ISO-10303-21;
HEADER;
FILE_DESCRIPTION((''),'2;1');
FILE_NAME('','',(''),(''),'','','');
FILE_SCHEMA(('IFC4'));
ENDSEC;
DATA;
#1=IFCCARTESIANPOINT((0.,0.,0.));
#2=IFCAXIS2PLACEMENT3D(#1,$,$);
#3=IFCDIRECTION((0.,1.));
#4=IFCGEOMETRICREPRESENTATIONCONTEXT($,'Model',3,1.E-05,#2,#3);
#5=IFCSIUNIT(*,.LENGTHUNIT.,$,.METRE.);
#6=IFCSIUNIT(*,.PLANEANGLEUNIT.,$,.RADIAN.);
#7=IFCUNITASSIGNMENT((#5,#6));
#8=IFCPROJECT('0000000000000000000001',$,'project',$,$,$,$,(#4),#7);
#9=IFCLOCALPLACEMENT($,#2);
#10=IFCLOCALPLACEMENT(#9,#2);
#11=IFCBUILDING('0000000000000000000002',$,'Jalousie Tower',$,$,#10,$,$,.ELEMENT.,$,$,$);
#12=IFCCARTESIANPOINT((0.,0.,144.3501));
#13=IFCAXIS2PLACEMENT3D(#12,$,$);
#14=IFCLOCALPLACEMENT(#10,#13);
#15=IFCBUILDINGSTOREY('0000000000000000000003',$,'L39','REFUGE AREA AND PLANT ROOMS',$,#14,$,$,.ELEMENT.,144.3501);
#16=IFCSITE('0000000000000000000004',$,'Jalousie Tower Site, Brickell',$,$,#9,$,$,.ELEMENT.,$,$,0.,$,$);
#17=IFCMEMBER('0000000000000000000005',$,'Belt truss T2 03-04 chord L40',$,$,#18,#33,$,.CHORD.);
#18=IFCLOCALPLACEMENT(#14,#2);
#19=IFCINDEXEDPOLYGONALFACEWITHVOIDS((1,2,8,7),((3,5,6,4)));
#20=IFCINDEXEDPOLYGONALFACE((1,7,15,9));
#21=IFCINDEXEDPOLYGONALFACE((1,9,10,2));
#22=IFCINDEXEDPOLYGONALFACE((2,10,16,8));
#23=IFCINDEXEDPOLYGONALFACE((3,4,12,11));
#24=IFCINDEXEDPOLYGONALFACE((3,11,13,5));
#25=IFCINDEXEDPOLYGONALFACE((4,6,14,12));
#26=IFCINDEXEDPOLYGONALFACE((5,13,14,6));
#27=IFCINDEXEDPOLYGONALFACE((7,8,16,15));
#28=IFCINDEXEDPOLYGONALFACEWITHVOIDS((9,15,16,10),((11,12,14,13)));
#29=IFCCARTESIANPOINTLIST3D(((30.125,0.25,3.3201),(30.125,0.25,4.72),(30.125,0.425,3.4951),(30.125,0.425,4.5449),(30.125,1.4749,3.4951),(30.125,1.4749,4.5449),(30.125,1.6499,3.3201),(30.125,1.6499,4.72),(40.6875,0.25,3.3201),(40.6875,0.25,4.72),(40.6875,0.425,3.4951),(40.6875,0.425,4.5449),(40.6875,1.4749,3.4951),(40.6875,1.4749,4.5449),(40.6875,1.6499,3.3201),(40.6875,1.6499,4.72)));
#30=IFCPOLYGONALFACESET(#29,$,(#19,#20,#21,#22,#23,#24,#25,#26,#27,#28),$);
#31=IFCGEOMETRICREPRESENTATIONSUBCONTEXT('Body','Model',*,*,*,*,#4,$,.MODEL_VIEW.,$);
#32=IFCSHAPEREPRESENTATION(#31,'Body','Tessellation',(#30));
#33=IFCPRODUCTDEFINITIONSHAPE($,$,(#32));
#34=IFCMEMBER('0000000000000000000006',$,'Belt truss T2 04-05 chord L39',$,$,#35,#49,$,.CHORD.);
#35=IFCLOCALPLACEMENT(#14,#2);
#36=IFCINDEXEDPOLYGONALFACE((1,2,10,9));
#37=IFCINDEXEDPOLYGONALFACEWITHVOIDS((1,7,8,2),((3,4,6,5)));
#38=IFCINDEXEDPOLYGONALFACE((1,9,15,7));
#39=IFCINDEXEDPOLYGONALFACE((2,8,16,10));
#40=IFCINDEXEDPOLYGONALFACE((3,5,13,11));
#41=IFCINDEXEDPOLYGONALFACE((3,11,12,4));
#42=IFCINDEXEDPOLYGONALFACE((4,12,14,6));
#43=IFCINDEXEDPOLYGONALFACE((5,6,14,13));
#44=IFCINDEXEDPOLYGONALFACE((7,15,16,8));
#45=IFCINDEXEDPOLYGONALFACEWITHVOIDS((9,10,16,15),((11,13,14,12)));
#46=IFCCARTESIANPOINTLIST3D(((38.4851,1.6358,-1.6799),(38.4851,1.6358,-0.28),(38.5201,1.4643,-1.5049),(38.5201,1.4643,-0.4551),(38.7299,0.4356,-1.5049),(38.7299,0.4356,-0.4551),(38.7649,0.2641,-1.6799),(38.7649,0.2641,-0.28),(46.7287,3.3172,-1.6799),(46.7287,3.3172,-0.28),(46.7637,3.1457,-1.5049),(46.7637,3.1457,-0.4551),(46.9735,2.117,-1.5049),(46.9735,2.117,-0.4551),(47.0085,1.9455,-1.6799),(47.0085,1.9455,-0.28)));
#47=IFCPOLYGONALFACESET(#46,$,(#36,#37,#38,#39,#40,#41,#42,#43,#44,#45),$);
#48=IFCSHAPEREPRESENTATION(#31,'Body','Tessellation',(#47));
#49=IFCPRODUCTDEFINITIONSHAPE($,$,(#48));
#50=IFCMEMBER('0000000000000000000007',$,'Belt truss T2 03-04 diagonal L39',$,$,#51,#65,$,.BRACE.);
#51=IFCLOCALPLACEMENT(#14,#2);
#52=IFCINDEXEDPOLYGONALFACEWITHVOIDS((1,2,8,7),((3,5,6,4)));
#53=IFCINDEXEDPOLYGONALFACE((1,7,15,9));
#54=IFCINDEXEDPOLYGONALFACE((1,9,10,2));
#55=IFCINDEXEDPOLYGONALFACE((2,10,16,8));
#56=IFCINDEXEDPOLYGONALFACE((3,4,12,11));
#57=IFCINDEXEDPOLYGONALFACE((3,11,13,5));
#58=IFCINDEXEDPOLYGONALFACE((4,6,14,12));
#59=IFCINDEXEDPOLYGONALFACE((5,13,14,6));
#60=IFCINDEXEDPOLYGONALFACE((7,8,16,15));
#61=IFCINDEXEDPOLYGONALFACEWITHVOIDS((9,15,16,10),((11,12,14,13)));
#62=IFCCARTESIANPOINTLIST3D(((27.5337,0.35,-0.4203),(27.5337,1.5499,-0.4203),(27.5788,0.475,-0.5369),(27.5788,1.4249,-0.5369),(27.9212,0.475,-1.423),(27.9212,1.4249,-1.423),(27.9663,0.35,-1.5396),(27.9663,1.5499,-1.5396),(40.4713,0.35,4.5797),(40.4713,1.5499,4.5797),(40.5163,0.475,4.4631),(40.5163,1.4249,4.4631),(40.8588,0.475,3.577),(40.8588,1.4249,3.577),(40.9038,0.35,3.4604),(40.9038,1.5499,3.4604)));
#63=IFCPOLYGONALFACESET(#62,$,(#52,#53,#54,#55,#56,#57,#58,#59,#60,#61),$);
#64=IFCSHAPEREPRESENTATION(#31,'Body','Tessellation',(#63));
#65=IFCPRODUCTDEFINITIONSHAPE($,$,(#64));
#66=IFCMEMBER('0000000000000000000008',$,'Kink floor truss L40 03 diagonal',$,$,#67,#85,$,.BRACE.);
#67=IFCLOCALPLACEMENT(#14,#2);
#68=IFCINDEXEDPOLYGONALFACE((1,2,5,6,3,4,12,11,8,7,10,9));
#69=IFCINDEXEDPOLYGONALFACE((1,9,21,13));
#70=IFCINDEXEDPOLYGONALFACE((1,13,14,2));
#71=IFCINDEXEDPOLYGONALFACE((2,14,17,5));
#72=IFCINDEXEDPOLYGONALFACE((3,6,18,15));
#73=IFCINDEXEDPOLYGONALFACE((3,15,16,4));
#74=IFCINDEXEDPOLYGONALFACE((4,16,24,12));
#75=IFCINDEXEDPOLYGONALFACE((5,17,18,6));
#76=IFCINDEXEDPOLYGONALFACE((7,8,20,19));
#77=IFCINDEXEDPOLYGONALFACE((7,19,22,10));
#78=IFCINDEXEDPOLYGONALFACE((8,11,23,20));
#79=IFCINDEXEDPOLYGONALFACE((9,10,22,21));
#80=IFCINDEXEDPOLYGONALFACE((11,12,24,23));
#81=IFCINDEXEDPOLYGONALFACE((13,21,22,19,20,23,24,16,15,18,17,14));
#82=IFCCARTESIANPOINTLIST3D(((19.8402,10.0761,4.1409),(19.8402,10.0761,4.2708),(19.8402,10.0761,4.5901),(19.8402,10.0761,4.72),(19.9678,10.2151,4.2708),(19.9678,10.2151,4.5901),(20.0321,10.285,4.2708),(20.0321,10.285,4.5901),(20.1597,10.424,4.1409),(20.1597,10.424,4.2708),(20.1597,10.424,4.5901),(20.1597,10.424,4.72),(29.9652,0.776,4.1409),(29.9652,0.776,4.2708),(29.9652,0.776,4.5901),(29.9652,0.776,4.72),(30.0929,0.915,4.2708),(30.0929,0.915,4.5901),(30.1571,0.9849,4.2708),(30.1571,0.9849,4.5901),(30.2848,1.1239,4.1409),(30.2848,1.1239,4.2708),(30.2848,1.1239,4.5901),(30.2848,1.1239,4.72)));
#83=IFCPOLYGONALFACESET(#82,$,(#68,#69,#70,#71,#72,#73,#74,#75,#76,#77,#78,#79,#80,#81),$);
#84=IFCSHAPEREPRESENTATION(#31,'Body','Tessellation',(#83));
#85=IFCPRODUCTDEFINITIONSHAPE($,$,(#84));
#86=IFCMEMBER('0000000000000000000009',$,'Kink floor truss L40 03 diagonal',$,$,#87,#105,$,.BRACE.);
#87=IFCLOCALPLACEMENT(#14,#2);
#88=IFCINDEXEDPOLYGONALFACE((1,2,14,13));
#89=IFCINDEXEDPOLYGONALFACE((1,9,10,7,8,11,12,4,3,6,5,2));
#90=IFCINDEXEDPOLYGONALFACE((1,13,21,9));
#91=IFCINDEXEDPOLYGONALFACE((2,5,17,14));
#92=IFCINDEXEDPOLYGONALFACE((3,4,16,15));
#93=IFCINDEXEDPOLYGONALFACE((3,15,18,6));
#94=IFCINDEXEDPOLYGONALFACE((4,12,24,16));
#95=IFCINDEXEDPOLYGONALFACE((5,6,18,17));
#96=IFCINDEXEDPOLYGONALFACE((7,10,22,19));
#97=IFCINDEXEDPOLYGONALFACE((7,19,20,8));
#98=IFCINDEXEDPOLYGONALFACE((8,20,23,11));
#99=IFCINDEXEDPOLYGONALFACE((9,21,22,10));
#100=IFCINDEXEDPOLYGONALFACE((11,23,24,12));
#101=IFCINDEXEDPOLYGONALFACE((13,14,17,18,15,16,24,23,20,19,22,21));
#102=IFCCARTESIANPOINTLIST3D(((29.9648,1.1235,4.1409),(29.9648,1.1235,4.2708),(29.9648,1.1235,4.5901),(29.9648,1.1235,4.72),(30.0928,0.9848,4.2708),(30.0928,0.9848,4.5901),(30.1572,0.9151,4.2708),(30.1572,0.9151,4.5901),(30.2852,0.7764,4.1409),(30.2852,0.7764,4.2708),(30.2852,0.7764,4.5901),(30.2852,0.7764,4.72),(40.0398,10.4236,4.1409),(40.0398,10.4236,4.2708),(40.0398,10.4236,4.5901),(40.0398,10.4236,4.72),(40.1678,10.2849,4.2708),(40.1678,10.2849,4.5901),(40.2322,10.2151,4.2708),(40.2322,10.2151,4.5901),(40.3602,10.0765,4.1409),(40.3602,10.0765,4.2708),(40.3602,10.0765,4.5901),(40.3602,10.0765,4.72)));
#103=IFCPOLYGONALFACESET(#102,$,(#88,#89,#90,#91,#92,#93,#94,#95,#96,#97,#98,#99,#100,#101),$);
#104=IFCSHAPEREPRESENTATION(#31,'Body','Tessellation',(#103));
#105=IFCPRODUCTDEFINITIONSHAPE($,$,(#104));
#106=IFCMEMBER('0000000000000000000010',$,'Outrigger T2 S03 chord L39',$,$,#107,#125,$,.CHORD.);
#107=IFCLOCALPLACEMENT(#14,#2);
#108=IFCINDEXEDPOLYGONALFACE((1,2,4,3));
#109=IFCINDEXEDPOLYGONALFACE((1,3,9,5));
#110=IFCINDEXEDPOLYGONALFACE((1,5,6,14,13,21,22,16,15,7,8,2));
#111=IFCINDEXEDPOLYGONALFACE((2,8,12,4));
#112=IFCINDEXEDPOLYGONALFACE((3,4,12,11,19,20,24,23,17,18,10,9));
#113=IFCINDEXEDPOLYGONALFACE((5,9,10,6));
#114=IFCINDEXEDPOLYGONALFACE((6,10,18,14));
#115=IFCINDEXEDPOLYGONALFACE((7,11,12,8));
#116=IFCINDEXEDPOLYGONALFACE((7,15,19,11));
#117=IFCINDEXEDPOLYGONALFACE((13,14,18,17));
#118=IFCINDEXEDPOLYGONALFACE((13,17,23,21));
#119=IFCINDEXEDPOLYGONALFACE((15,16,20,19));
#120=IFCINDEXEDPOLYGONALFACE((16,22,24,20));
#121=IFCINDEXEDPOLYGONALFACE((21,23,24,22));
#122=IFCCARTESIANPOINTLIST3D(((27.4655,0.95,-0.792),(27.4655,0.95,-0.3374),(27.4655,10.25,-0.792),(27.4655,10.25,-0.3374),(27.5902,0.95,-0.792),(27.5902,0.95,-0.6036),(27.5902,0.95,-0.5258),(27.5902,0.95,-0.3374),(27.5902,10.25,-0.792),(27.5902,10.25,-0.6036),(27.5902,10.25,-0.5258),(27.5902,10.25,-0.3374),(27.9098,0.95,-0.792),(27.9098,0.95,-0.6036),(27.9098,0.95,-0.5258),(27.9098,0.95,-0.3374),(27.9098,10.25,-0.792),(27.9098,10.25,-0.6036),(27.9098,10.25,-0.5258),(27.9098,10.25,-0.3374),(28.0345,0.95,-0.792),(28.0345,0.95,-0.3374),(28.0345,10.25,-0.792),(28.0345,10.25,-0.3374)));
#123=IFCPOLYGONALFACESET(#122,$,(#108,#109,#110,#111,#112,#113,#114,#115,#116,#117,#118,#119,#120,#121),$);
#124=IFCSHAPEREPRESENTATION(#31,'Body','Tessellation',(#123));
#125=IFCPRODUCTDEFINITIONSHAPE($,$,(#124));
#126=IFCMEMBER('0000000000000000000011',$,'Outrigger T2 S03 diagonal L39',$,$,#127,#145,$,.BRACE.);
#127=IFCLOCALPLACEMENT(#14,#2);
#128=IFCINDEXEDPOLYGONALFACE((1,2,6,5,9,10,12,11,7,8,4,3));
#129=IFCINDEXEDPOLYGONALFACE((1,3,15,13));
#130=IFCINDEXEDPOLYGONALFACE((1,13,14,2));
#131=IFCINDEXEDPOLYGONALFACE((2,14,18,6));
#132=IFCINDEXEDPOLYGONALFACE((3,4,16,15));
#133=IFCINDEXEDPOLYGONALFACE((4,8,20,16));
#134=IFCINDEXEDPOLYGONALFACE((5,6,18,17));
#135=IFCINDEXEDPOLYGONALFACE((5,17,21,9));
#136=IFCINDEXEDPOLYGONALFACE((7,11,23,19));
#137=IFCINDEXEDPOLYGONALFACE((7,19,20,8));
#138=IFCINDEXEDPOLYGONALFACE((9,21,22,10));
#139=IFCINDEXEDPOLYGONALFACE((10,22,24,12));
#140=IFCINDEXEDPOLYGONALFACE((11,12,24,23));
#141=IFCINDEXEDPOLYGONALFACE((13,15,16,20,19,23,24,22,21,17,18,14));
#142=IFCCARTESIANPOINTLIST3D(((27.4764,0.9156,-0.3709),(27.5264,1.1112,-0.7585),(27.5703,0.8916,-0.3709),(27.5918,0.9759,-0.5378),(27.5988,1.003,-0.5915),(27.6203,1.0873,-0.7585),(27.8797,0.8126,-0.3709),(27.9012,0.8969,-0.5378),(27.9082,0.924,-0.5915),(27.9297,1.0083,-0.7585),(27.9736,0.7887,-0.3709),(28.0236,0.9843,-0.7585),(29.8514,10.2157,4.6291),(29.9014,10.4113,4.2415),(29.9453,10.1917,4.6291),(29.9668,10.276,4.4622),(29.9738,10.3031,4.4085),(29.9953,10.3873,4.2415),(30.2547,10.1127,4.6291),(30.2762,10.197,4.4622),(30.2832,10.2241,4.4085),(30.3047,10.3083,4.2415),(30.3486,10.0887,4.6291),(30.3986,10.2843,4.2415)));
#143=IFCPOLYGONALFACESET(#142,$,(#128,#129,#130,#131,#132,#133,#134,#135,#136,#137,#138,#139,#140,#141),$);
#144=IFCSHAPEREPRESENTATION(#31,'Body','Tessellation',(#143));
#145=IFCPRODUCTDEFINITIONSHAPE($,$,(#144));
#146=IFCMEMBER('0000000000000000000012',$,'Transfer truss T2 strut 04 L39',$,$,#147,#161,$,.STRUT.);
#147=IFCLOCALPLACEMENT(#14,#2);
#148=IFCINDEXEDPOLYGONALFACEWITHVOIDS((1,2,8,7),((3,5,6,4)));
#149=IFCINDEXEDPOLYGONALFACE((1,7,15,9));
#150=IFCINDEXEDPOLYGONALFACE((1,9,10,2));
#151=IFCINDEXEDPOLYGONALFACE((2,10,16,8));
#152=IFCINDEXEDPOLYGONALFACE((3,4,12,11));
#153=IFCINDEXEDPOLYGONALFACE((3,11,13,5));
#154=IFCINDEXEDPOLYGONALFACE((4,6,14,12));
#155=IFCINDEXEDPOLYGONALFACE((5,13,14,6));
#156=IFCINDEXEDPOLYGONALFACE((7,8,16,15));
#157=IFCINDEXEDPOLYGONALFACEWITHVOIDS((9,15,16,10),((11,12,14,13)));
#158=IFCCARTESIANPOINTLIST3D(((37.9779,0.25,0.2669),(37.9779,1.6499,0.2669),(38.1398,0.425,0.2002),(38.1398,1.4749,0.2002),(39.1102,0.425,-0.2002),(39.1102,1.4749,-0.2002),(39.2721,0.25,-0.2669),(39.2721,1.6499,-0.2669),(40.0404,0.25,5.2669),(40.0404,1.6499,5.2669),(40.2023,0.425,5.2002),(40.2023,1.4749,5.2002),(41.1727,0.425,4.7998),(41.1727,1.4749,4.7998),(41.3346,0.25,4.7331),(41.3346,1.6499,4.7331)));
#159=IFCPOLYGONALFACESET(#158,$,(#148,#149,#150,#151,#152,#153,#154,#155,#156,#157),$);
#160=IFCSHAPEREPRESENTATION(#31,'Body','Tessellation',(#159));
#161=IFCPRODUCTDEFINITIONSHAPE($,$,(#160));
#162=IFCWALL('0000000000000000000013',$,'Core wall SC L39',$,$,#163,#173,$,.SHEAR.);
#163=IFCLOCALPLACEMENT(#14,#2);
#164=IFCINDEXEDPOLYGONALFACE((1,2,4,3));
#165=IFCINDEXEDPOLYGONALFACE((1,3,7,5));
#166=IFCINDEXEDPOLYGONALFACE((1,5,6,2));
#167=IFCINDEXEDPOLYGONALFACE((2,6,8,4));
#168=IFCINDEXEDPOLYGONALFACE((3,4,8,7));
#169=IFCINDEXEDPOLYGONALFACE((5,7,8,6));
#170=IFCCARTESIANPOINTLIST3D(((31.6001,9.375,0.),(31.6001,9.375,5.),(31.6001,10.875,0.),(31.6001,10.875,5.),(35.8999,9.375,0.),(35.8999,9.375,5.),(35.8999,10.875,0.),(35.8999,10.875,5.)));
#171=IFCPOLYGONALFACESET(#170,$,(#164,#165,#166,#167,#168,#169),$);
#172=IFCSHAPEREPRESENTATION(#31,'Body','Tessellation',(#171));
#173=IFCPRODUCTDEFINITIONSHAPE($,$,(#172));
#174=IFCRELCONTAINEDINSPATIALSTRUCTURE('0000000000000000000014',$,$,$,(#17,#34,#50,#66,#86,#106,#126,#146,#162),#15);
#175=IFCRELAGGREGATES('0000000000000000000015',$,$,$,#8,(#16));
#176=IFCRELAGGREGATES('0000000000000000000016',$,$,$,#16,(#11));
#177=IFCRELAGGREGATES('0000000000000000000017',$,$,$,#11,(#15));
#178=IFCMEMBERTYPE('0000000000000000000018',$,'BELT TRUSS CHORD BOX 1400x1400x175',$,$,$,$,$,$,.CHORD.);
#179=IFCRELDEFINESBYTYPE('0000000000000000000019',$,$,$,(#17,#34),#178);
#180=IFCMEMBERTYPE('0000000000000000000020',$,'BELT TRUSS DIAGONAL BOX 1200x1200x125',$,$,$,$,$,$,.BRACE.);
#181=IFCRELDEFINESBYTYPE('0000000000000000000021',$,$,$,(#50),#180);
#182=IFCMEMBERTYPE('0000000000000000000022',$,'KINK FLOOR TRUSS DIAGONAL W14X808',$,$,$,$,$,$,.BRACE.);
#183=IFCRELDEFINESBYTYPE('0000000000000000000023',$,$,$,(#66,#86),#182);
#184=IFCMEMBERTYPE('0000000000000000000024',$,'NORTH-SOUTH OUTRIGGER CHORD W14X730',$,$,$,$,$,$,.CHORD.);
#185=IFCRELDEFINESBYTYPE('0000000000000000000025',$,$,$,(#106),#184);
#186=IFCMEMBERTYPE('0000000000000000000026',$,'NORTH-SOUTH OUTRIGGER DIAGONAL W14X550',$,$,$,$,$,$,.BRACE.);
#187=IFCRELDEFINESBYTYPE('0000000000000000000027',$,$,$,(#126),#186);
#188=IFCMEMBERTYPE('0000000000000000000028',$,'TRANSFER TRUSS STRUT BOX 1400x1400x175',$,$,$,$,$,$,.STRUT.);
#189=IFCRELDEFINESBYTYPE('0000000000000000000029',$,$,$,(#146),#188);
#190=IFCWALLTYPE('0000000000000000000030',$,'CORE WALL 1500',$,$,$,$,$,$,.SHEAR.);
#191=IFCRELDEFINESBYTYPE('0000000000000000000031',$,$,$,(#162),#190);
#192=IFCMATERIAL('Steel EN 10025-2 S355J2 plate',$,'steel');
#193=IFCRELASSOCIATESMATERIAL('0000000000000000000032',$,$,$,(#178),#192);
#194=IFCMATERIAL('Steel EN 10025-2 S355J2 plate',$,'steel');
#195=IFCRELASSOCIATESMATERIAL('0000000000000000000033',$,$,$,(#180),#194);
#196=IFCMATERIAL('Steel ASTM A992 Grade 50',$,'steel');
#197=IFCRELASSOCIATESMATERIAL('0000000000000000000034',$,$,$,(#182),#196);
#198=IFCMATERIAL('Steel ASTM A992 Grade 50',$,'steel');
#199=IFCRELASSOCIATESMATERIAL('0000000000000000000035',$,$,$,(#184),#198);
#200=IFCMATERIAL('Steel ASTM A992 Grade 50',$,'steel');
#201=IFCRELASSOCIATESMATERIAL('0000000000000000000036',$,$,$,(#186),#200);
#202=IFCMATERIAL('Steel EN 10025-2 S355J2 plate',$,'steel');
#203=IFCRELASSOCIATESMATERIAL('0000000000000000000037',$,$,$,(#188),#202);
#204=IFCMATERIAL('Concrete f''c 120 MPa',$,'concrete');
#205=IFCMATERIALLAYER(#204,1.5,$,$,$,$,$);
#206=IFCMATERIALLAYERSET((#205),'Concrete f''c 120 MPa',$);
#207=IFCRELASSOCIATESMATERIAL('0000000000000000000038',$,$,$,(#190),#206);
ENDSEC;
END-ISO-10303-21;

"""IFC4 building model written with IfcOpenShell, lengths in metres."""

from ifc_helpers import new_model, si_unit, direction, frame, frame_2d, origin, origin_2d, place, context, subcontext, project, spatial, rectangle, hollow_rectangle, i_section, extrude, material, layer, layer_set, material_profile, profile_set, type_object, element, save


model = new_model("IFC4")

# Units and contexts
model_context = context("Model", 3, precision=1e-05, world=origin(), true_north=direction((0.0, 1.0)))
body_context = subcontext(model_context, "Body", "Model", "MODEL_VIEW")
ifc_project = project(units=[si_unit("LENGTHUNIT", "METRE"), si_unit("PLANEANGLEUNIT", "RADIAN")], contexts=[model_context])

# Site, building, storey
site_placement = place(None, origin())
site = spatial("IfcSite", under=ifc_project, at=site_placement, Name="Jalousie Tower Site, Brickell", CompositionType="ELEMENT", RefElevation=0.0)
building_placement = place(site_placement, origin())
building = spatial("IfcBuilding", under=site, at=building_placement, Name="Jalousie Tower", CompositionType="ELEMENT")
storey_placement = place(building_placement, frame((0.0, 0.0, 144.3501)))
storey = spatial("IfcBuildingStorey", under=building, at=storey_placement, Name="L39", Description="REFUGE AREA AND PLANT ROOMS", CompositionType="ELEMENT", Elevation=144.3501)

# Members
ifc_material_1 = material(Name="Steel EN 10025-2 S355J2 plate", Category="steel")
ifc_material_profile_1 = material_profile(ifc_material_1, hollow_rectangle(XDim=1.3999, YDim=1.3999, WallThickness=0.175, at=origin_2d()), Name="BOX 1400x1400x175")
ifc_profile_set_1 = profile_set([ifc_material_profile_1], Name="Steel EN 10025-2 S355J2 plate")
member_type_1 = type_object("IfcMemberType", Name="BELT TRUSS CHORD BOX 1400x1400x175", PredefinedType="CHORD", material=ifc_profile_set_1)
member_1_placement = place(storey_placement, frame((30.125, 0.95, 4.02), z_axis=(1.0, 0.0, 0.0), x_axis=(0.0, 1.0, 0.0)))
element("IfcMember", 1, at=member_1_placement, inside=storey, type_object=member_type_1, Name="Belt truss T2 03-04 chord L40", PredefinedType="CHORD", context=body_context, shape_type="SweptSolid", body=[
    extrude(hollow_rectangle(XDim=1.3999, YDim=1.3999, WallThickness=0.175, at=origin_2d()), origin(), (0.0, 0.0, 1.0), 10.5625),
])
member_2_placement = place(storey_placement, frame((38.625, 0.95, -0.98), z_axis=(0.979827, 0.199848, 0.0), x_axis=(-0.199848, 0.979827, 0.0)))
element("IfcMember", 2, at=member_2_placement, inside=storey, type_object=member_type_1, Name="Belt truss T2 04-05 chord L39", PredefinedType="CHORD", context=body_context, shape_type="SweptSolid", body=[
    extrude(hollow_rectangle(XDim=1.3999, YDim=1.3999, WallThickness=0.175, at=origin_2d()), origin(), (0.0, 0.0, 1.0), 8.4133),
])
ifc_material_2 = material(Name="Steel EN 10025-2 S355J2 plate", Category="steel")
ifc_material_profile_2 = material_profile(ifc_material_2, hollow_rectangle(XDim=1.2, YDim=1.2, WallThickness=0.125, at=origin_2d()), Name="BOX 1200x1200x125")
ifc_profile_set_2 = profile_set([ifc_material_profile_2], Name="Steel EN 10025-2 S355J2 plate")
member_type_2 = type_object("IfcMemberType", Name="BELT TRUSS DIAGONAL BOX 1200x1200x125", PredefinedType="BRACE", material=ifc_profile_set_2)
member_3_placement = place(storey_placement, frame((27.75, 0.95, -0.98), z_axis=(0.932764, 0.0, 0.360488), x_axis=(0.0, 1.0, 0.0)))
element("IfcMember", 3, at=member_3_placement, inside=storey, type_object=member_type_2, Name="Belt truss T2 03-04 diagonal L39", PredefinedType="BRACE", context=body_context, shape_type="SweptSolid", body=[
    extrude(hollow_rectangle(XDim=1.2, YDim=1.2, WallThickness=0.125, at=origin_2d()), origin(), (0.0, 0.0, 1.0), 13.8701),
])
ifc_material_3 = material(Name="Steel ASTM A992 Grade 50", Category="steel")
ifc_material_profile_3 = material_profile(ifc_material_3, i_section(OverallWidth=0.4724, OverallDepth=0.5791, WebThickness=0.095, FlangeThickness=0.1299, at=origin_2d()), Name="W14X808")
ifc_profile_set_3 = profile_set([ifc_material_profile_3], Name="Steel ASTM A992 Grade 50")
member_type_3 = type_object("IfcMemberType", Name="KINK FLOOR TRUSS DIAGONAL W14X808", PredefinedType="BRACE", material=ifc_profile_set_3)
member_4_placement = place(storey_placement, frame((30.125, 0.95, 4.4304), z_axis=(-0.736473, 0.676467, 0.0), x_axis=(-0.676467, -0.736473, 0.0)))
element("IfcMember", 4, at=member_4_placement, inside=storey, type_object=member_type_3, Name="Kink floor truss L40 03 diagonal", PredefinedType="BRACE", context=body_context, shape_type="SweptSolid", body=[
    extrude(i_section(OverallWidth=0.4724, OverallDepth=0.5791, WebThickness=0.095, FlangeThickness=0.1299, at=origin_2d()), origin(), (0.0, 0.0, 1.0), 13.748),
])
member_5_placement = place(storey_placement, frame((30.125, 0.95, 4.4304), z_axis=(0.7348, 0.678284, 0.0), x_axis=(-0.678284, 0.7348, 0.0)))
element("IfcMember", 5, at=member_5_placement, inside=storey, type_object=member_type_3, Name="Kink floor truss L40 03 diagonal", PredefinedType="BRACE", context=body_context, shape_type="SweptSolid", body=[
    extrude(i_section(OverallWidth=0.4724, OverallDepth=0.5791, WebThickness=0.095, FlangeThickness=0.1299, at=origin_2d()), origin(), (0.0, 0.0, 1.0), 13.7112),
])
ifc_material_4 = material(Name="Steel ASTM A992 Grade 50", Category="steel")
ifc_material_profile_4 = material_profile(ifc_material_4, i_section(OverallWidth=0.4546, OverallDepth=0.5691, WebThickness=0.0779, FlangeThickness=0.1248, at=origin_2d()), Name="W14X730")
ifc_profile_set_4 = profile_set([ifc_material_profile_4], Name="Steel ASTM A992 Grade 50")
member_type_4 = type_object("IfcMemberType", Name="NORTH-SOUTH OUTRIGGER CHORD W14X730", PredefinedType="CHORD", material=ifc_profile_set_4)
member_6_placement = place(storey_placement, frame((27.75, 0.95, -0.5647), z_axis=(0.0, 1.0, 0.0), x_axis=(0.0, 0.0, 1.0)))
element("IfcMember", 6, at=member_6_placement, inside=storey, type_object=member_type_4, Name="Outrigger T2 S03 chord L39", PredefinedType="CHORD", context=body_context, shape_type="SweptSolid", body=[
    extrude(i_section(OverallWidth=0.4546, OverallDepth=0.5691, WebThickness=0.0779, FlangeThickness=0.1248, at=origin_2d()), origin(), (0.0, 0.0, 1.0), 9.3),
])
ifc_material_5 = material(Name="Steel ASTM A992 Grade 50", Category="steel")
ifc_material_profile_5 = material_profile(ifc_material_5, i_section(OverallWidth=0.437, OverallDepth=0.5132, WebThickness=0.0605, FlangeThickness=0.0969, at=origin_2d()), Name="W14X550")
ifc_profile_set_5 = profile_set([ifc_material_profile_5], Name="Steel ASTM A992 Grade 50")
member_type_5 = type_object("IfcMemberType", Name="NORTH-SOUTH OUTRIGGER DIAGONAL W14X550", PredefinedType="BRACE", material=ifc_profile_set_5)
member_7_placement = place(storey_placement, frame((27.75, 0.95, -0.5647), z_axis=(0.219446, 0.859307, 0.461991), x_axis=(-0.114312, -0.447625, 0.886885)))
element("IfcMember", 7, at=member_7_placement, inside=storey, type_object=member_type_5, Name="Outrigger T2 S03 diagonal L39", PredefinedType="BRACE", context=body_context, shape_type="SweptSolid", body=[
    extrude(i_section(OverallWidth=0.437, OverallDepth=0.5132, WebThickness=0.0605, FlangeThickness=0.0969, at=origin_2d()), origin(), (0.0, 0.0, 1.0), 10.8228),
])
ifc_material_6 = material(Name="Steel EN 10025-2 S355J2 plate", Category="steel")
ifc_material_profile_6 = material_profile(ifc_material_6, hollow_rectangle(XDim=1.3999, YDim=1.3999, WallThickness=0.175, at=origin_2d()), Name="BOX 1400x1400x175")
ifc_profile_set_6 = profile_set([ifc_material_profile_6], Name="Steel EN 10025-2 S355J2 plate")
member_type_6 = type_object("IfcMemberType", Name="TRANSFER TRUSS STRUT BOX 1400x1400x175", PredefinedType="STRUT", material=ifc_profile_set_6)
member_8_placement = place(storey_placement, frame((38.625, 0.95, 0.0), z_axis=(0.381331, 0.0, 0.924439), x_axis=(0.0, 1.0, 0.0)))
element("IfcMember", 8, at=member_8_placement, inside=storey, type_object=member_type_6, Name="Transfer truss T2 strut 04 L39", PredefinedType="STRUT", context=body_context, shape_type="SweptSolid", body=[
    extrude(hollow_rectangle(XDim=1.3999, YDim=1.3999, WallThickness=0.175, at=origin_2d()), origin(), (0.0, 0.0, 1.0), 5.4087),
])

# Wall
ifc_material_7 = material(Name="Concrete f'c 120 MPa", Category="concrete")
ifc_layer_1 = layer(ifc_material_7, 1.5)
ifc_layer_set_1 = layer_set([ifc_layer_1], Name="Concrete f'c 120 MPa")
wall_type_1 = type_object("IfcWallType", Name="CORE WALL 1500", PredefinedType="SHEAR", material=ifc_layer_set_1)
wall_1_placement = place(storey_placement, frame((31.6001, 10.125, 0.0), z_axis=(0.0, 0.0, 1.0), x_axis=(1.0, 0.0, 0.0)))
element("IfcWall", 9, at=wall_1_placement, inside=storey, type_object=wall_type_1, Name="Core wall SC L39", PredefinedType="SHEAR", context=body_context, shape_type="SweptSolid", body=[
    extrude(rectangle(XDim=4.2998, YDim=1.5, at=frame_2d((2.1499, 0.0))), origin(), (0.0, 0.0, 1.0), 5.0),
])

save(model, "model.ifc")
